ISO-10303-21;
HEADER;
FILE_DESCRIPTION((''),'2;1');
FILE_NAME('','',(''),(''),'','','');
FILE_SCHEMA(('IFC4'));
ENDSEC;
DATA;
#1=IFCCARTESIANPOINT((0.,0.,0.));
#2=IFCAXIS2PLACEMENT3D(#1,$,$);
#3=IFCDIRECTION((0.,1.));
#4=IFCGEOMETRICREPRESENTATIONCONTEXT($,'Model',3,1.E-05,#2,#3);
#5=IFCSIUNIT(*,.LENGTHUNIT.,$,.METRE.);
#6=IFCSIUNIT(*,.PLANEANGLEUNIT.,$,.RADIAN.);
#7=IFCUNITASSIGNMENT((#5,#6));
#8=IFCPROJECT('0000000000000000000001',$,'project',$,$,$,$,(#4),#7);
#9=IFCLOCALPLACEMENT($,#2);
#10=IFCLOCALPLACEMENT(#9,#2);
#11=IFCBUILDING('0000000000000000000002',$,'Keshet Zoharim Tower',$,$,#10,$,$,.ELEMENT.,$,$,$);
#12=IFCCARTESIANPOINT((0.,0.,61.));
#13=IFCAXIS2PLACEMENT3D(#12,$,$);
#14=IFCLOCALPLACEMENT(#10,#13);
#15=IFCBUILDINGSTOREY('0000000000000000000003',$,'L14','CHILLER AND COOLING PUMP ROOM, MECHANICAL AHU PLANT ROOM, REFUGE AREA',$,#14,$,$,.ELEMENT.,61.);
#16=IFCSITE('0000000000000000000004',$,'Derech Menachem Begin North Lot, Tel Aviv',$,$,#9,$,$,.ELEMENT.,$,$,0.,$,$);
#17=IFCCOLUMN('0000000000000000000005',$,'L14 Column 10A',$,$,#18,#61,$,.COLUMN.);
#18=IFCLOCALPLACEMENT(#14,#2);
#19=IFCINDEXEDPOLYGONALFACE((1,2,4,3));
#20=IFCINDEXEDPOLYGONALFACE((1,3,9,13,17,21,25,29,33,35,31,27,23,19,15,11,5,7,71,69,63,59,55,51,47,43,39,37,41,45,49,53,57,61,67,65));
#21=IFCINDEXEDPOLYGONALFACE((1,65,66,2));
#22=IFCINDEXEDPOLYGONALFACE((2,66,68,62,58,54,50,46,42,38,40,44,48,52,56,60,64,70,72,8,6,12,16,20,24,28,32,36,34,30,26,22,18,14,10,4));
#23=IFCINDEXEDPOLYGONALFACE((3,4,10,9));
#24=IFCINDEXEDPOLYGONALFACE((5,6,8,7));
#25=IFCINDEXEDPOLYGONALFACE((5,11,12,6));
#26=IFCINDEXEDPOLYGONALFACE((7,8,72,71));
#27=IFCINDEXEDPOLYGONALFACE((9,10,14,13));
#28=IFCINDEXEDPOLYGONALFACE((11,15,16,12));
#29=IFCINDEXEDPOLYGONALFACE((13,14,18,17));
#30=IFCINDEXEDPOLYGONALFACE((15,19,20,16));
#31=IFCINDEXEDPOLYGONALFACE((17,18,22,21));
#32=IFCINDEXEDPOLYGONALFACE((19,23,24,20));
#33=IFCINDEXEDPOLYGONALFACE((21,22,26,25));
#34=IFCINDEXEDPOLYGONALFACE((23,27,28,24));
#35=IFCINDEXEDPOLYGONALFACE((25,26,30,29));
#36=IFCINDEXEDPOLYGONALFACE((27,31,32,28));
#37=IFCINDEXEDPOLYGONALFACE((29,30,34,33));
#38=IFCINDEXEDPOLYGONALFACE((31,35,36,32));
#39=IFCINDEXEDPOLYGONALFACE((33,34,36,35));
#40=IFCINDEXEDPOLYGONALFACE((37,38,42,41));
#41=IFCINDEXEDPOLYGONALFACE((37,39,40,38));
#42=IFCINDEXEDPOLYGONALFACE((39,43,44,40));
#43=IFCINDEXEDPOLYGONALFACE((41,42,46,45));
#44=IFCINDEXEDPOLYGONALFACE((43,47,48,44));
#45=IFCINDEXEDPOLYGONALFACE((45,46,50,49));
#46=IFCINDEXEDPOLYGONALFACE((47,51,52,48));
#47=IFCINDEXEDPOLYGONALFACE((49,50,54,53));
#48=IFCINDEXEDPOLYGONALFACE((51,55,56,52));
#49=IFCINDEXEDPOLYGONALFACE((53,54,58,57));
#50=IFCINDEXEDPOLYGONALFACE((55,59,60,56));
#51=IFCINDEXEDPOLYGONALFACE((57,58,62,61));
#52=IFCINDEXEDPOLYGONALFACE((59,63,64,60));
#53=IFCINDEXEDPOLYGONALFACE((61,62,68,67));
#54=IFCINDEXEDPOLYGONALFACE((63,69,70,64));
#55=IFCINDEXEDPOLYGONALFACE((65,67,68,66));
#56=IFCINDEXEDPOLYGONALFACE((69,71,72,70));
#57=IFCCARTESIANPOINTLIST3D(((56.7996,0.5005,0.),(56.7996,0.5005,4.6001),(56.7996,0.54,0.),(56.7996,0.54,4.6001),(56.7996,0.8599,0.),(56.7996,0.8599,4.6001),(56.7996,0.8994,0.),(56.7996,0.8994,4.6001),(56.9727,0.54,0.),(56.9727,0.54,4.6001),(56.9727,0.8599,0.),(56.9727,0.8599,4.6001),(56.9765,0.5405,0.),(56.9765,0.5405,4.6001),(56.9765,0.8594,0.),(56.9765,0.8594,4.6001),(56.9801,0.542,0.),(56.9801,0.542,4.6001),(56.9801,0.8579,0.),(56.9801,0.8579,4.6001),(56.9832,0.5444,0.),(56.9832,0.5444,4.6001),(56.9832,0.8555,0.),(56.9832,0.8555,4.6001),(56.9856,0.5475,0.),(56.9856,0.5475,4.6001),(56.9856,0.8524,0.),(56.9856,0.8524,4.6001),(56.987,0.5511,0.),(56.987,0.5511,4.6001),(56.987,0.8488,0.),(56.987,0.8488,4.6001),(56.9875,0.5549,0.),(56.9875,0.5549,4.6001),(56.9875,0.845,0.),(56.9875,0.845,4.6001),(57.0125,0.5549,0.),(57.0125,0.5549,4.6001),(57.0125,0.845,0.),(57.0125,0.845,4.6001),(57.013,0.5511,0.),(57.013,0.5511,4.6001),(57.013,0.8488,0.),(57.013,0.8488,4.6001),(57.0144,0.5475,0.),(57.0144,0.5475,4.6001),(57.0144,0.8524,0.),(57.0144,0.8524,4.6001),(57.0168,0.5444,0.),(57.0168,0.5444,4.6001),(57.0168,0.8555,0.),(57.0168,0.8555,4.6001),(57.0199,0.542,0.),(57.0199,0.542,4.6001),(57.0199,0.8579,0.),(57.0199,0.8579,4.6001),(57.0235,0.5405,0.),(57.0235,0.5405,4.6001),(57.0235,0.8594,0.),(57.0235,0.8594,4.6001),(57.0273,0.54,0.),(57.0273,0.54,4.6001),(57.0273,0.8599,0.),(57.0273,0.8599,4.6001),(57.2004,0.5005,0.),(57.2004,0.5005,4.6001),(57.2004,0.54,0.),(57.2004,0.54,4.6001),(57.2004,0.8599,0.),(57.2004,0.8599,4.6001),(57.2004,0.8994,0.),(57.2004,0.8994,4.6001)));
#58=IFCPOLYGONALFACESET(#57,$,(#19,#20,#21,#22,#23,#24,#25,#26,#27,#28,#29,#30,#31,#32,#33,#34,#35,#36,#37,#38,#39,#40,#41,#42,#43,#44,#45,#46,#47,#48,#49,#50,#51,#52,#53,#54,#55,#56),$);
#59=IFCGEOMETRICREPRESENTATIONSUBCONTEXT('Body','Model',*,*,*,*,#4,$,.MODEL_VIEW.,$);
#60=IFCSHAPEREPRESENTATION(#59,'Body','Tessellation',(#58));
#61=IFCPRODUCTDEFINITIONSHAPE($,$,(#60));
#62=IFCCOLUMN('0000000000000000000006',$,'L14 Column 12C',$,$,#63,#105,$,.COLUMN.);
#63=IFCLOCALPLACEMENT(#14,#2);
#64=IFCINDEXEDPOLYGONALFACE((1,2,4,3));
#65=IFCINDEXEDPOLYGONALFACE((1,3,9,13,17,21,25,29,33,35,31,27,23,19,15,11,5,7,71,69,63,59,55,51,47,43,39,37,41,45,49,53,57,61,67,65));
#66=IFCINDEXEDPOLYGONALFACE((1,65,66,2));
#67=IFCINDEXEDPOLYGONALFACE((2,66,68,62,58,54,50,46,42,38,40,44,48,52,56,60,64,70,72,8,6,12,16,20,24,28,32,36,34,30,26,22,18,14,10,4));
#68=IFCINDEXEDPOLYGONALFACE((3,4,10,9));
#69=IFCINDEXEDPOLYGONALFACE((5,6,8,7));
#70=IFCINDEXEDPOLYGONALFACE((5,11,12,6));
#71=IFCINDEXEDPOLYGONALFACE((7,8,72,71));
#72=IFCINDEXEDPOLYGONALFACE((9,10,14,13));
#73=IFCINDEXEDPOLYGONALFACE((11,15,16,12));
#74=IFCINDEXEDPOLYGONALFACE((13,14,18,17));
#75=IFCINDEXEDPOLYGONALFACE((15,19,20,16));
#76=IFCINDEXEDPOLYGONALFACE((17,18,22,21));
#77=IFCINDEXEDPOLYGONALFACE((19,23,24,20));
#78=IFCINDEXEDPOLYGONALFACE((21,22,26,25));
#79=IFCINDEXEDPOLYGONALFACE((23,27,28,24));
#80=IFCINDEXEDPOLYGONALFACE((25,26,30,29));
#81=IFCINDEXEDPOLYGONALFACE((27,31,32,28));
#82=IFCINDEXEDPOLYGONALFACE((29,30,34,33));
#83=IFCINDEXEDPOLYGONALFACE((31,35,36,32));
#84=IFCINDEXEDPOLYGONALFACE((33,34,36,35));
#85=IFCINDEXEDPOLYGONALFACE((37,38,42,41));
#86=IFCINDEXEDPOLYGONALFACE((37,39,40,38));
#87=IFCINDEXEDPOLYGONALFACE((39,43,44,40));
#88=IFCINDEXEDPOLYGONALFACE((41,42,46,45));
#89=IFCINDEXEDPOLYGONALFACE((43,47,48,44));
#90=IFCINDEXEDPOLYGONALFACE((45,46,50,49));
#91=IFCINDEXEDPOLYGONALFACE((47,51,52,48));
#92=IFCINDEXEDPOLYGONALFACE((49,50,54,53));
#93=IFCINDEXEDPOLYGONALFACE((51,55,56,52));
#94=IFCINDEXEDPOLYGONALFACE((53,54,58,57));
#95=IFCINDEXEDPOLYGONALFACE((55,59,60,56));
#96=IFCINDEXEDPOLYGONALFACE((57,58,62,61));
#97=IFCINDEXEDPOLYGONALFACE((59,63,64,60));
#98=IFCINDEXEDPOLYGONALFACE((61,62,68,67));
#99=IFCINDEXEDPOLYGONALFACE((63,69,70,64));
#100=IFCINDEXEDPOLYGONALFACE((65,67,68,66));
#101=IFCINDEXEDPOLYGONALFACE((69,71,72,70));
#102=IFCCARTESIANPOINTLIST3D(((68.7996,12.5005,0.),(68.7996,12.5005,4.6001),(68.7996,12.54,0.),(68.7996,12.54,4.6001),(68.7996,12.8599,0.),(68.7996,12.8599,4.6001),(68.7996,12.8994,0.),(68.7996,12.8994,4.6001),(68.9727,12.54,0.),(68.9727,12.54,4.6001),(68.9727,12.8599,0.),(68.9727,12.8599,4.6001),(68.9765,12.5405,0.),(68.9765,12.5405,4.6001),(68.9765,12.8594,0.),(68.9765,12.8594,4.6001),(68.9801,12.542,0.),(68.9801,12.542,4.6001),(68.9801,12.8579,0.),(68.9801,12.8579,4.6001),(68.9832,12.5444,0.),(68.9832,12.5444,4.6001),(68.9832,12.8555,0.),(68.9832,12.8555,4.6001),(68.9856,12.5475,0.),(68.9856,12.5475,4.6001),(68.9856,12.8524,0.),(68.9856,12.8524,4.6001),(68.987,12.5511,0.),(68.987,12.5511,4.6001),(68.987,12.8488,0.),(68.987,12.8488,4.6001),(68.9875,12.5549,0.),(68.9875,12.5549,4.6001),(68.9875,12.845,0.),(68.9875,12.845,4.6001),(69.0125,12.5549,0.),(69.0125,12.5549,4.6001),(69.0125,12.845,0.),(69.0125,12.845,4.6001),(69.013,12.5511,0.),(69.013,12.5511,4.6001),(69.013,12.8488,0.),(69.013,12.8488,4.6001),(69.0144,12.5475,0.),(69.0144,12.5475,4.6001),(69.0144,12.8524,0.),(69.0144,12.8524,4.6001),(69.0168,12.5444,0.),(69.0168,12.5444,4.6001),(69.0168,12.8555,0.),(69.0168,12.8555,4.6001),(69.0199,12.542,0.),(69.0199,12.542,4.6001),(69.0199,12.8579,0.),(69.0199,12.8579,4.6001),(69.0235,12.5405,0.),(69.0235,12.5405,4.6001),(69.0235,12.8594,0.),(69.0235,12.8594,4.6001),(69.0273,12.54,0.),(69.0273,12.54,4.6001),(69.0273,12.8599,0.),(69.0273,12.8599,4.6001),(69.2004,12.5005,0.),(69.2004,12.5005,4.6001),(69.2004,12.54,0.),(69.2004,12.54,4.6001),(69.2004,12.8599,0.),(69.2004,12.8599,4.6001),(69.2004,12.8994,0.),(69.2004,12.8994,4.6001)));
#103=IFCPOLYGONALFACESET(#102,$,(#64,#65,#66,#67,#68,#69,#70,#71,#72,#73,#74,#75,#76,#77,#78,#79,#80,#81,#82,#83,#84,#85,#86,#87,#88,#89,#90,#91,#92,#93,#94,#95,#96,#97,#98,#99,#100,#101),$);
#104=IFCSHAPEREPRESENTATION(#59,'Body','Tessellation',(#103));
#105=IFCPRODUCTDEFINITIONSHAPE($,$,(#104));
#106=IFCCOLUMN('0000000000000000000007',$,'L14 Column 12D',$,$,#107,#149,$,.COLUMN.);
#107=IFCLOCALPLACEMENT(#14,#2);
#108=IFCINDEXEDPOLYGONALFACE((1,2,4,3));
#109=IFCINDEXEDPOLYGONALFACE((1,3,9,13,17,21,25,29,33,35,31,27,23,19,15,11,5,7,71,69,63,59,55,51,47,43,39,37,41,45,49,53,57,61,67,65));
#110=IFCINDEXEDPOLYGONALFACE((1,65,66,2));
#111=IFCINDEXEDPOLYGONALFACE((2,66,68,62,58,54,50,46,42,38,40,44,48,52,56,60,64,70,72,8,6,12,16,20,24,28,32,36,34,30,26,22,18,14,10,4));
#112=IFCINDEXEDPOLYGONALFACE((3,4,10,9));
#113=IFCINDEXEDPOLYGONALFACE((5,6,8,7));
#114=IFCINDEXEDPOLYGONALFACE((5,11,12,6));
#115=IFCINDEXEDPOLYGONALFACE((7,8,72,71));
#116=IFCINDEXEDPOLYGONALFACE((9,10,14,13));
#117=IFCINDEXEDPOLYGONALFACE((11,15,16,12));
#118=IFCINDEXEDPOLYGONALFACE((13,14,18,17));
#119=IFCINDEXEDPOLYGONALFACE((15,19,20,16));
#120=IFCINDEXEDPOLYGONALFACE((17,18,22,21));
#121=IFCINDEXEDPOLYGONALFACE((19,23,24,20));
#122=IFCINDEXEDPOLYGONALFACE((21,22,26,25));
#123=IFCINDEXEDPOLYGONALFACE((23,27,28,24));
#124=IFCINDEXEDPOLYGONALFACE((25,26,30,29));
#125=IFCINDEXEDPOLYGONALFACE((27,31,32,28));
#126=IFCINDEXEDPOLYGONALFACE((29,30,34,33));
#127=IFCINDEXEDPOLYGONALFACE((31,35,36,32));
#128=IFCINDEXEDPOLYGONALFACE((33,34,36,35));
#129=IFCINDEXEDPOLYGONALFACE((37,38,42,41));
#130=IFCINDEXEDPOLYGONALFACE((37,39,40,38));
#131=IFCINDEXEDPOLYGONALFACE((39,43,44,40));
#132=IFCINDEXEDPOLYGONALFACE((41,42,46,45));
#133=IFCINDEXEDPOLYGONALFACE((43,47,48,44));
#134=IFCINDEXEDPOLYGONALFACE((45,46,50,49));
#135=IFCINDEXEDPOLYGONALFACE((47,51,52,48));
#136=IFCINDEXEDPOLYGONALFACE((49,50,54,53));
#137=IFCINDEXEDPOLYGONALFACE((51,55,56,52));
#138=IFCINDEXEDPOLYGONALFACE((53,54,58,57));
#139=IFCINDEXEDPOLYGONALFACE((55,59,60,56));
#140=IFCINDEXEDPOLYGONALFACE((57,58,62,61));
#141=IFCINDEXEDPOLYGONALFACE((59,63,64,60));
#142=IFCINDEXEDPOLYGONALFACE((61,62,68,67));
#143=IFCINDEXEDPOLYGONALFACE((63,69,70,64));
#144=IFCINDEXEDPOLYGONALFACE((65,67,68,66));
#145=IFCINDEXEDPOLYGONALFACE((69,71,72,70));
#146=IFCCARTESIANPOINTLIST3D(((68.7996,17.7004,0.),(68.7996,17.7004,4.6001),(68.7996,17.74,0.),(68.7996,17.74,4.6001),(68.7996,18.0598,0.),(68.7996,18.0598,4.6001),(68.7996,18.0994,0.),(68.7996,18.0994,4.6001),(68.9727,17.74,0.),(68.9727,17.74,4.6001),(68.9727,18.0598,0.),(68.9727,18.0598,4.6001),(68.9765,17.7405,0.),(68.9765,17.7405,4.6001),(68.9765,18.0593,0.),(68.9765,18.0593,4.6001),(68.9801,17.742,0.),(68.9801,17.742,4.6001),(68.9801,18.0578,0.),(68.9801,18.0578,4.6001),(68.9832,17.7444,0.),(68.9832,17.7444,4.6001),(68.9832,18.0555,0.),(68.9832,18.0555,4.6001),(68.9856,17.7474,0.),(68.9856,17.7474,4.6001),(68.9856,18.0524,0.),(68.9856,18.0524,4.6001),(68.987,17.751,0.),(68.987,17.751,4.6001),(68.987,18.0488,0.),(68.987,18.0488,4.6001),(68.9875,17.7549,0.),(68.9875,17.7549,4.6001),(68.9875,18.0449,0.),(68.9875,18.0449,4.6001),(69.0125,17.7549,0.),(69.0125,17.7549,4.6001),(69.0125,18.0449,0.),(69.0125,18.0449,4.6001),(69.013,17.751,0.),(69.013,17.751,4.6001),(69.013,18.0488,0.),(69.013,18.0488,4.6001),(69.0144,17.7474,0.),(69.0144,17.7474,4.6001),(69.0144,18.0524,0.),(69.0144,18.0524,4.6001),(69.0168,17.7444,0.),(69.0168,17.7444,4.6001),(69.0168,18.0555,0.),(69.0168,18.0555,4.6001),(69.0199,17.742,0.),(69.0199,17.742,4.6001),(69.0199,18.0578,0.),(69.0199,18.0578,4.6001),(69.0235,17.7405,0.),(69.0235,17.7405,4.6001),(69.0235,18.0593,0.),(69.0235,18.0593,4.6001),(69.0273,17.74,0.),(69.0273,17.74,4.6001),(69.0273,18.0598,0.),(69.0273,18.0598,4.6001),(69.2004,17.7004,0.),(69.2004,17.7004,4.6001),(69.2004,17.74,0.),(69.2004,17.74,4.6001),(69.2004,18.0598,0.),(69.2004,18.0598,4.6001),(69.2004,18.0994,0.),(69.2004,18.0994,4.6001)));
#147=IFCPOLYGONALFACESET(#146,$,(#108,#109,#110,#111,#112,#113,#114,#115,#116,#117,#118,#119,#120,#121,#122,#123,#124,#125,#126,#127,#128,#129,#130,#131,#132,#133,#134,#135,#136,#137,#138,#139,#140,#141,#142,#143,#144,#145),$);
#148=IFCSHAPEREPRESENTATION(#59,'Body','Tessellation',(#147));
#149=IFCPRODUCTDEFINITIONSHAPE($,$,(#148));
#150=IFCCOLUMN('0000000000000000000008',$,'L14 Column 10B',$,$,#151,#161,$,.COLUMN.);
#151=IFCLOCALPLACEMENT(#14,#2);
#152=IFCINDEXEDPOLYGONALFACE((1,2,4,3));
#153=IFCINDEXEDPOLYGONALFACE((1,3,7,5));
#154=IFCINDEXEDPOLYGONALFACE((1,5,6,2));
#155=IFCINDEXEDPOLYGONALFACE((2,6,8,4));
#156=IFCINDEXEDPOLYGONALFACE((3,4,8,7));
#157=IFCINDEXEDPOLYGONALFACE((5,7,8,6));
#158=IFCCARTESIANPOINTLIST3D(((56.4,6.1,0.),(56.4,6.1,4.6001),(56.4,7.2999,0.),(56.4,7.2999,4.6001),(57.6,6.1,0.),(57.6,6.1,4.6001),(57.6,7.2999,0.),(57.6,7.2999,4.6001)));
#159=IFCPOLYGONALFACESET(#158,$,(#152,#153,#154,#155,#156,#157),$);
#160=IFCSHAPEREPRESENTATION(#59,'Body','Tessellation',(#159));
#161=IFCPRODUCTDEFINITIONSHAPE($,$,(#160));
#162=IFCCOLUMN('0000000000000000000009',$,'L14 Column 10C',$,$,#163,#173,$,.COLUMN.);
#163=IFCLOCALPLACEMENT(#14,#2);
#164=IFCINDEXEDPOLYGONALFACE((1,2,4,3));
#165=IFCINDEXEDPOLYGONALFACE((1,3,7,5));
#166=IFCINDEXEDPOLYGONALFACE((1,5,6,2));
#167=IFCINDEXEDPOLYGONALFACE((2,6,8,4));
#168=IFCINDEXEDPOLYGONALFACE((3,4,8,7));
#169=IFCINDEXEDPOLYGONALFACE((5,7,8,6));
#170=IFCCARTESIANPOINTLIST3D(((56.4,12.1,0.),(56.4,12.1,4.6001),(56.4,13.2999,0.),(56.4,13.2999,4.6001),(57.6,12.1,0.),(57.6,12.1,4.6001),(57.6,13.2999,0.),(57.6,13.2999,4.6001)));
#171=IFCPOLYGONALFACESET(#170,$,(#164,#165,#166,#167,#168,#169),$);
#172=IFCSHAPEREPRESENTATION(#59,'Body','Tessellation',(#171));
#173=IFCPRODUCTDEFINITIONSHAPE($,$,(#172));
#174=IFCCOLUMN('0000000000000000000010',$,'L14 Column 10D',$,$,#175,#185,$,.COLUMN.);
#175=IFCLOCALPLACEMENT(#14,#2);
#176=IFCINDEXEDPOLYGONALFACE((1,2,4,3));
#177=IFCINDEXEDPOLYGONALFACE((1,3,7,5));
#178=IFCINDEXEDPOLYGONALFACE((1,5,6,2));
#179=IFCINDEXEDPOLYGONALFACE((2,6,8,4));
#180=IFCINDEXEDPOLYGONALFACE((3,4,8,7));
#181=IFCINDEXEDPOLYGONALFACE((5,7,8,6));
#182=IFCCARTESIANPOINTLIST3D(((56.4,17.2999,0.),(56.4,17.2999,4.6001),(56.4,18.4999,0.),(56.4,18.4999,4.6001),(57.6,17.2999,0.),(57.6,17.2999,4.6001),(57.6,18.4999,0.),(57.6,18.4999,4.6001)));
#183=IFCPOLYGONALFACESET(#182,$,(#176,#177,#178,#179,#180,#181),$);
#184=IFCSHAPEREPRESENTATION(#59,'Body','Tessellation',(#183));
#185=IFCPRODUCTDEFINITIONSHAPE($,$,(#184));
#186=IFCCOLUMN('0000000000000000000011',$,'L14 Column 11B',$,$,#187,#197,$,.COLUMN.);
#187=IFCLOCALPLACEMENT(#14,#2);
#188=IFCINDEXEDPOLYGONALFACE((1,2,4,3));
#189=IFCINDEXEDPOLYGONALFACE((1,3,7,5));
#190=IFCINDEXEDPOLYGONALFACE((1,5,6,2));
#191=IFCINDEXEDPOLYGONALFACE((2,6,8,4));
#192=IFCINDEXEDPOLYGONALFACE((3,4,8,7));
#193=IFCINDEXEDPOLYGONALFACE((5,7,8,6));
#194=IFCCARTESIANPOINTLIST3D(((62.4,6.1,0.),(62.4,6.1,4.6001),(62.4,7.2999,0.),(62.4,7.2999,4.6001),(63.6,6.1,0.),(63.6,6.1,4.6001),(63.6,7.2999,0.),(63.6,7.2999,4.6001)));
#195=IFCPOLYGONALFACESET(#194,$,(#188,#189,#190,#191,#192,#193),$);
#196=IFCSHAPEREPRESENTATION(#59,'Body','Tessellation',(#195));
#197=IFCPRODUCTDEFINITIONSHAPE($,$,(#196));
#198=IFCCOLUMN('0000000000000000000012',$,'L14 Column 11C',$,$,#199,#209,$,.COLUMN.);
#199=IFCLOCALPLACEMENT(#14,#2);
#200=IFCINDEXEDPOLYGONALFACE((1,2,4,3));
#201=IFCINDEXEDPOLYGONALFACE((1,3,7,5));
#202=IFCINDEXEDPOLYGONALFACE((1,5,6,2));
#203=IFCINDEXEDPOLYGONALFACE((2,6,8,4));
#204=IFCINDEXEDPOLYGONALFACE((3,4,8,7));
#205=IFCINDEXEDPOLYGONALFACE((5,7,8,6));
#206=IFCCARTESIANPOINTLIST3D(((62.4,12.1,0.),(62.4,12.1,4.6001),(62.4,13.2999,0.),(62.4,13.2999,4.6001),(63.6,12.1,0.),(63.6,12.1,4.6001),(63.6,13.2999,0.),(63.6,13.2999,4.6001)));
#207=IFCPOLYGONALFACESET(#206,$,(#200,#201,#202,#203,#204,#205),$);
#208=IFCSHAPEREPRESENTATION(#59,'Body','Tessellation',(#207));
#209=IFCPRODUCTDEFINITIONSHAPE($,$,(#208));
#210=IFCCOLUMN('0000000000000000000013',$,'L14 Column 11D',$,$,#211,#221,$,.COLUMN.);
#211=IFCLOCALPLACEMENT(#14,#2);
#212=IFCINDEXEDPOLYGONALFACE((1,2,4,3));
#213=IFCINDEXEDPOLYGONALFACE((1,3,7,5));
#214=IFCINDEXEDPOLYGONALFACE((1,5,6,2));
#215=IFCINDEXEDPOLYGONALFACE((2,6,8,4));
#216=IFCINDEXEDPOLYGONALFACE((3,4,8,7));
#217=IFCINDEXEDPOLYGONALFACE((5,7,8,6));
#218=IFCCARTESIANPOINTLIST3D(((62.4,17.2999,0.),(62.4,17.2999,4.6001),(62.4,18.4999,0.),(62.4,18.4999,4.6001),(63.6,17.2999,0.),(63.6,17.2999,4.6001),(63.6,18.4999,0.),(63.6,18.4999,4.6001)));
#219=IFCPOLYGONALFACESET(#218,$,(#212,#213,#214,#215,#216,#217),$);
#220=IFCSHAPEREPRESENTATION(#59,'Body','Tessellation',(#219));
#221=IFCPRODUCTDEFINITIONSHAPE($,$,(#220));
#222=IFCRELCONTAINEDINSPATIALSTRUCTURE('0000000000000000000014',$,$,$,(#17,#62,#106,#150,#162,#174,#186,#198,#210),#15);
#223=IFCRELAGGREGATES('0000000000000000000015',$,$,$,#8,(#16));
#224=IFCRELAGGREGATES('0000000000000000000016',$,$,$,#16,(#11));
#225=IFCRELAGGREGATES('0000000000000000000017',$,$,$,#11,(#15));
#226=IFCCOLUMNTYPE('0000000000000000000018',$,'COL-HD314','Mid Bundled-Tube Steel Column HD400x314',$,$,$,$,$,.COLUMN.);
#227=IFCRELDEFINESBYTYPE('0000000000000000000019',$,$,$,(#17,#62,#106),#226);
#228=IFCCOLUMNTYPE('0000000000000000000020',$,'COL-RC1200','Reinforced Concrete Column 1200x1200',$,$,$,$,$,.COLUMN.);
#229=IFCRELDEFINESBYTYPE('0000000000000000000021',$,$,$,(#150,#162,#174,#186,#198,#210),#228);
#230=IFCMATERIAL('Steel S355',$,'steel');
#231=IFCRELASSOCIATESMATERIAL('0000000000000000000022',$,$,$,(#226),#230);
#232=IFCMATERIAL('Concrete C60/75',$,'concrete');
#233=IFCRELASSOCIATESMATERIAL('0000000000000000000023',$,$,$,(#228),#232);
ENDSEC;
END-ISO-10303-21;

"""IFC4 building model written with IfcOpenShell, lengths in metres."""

from ifc_helpers import new_model, si_unit, direction, frame, origin, origin_2d, place, context, subcontext, project, spatial, rectangle, i_section, extrude, material, material_profile, profile_set, type_object, element, save


model = new_model("IFC4")

# Units and contexts
model_context = context("Model", 3, precision=1e-05, world=origin(), true_north=direction((0.0, 1.0)))
body_context = subcontext(model_context, "Body", "Model", "MODEL_VIEW")
ifc_project = project(units=[si_unit("LENGTHUNIT", "METRE"), si_unit("PLANEANGLEUNIT", "RADIAN")], contexts=[model_context])

# Site, building, storey
site_placement = place(None, origin())
site = spatial("IfcSite", under=ifc_project, at=site_placement, Name="Derech Menachem Begin North Lot, Tel Aviv", CompositionType="ELEMENT", RefElevation=0.0)
building_placement = place(site_placement, origin())
building = spatial("IfcBuilding", under=site, at=building_placement, Name="Keshet Zoharim Tower", CompositionType="ELEMENT")
storey_placement = place(building_placement, frame((0.0, 0.0, 61.0)))
storey = spatial("IfcBuildingStorey", under=building, at=storey_placement, Name="L14", Description="CHILLER AND COOLING PUMP ROOM, MECHANICAL AHU PLANT ROOM, REFUGE AREA", CompositionType="ELEMENT", Elevation=61.0)

# Columns
ifc_material_1 = material(Name="Steel S355", Category="steel")
ifc_material_profile_1 = material_profile(ifc_material_1, i_section(OverallWidth=0.4009, OverallDepth=0.3989, WebThickness=0.0249, FlangeThickness=0.0396, FilletRadius=0.0149, at=origin_2d()), Name="HD400x314")
ifc_profile_set_1 = profile_set([ifc_material_profile_1], Name="Steel S355")
column_type_1 = type_object("IfcColumnType", Name="COL-HD314", Description="Mid Bundled-Tube Steel Column HD400x314", PredefinedType="COLUMN", material=ifc_profile_set_1)
for number, where, z_axis, x_axis, name in (
    (1, (57.0, 0.7, 0.0), (0.0, 0.0, 1.0), (1.0, 0.0, 0.0), "L14 Column 10A"),
    (2, (69.0, 12.7, 0.0), (0.0, 0.0, 1.0), (1.0, 0.0, 0.0), "L14 Column 12C"),
    (3, (69.0, 17.8999, 0.0), (0.0, 0.0, 1.0), (1.0, 0.0, 0.0), "L14 Column 12D"),
):
    element("IfcColumn", number, at=place(storey_placement, frame(where, z_axis=z_axis, x_axis=x_axis)), inside=storey, type_object=column_type_1, Name=name, PredefinedType="COLUMN", context=body_context, shape_type="SweptSolid", body=[
        extrude(i_section(OverallWidth=0.4009, OverallDepth=0.3989, WebThickness=0.0249, FlangeThickness=0.0396, FilletRadius=0.0149, at=origin_2d()), origin(), (0.0, 0.0, 1.0), 4.6001),
    ])
ifc_material_2 = material(Name="Concrete C60/75", Category="concrete")
ifc_material_profile_2 = material_profile(ifc_material_2, rectangle(XDim=1.2, YDim=1.2, at=origin_2d()), Name="RC1200x1200")
ifc_profile_set_2 = profile_set([ifc_material_profile_2], Name="Concrete C60/75")
column_type_2 = type_object("IfcColumnType", Name="COL-RC1200", Description="Reinforced Concrete Column 1200x1200", PredefinedType="COLUMN", material=ifc_profile_set_2)
for number, where, z_axis, x_axis, name in (
    (4, (57.0, 6.7, 0.0), (0.0, 0.0, 1.0), (1.0, 0.0, 0.0), "L14 Column 10B"),
    (5, (57.0, 12.7, 0.0), (0.0, 0.0, 1.0), (1.0, 0.0, 0.0), "L14 Column 10C"),
    (6, (57.0, 17.8999, 0.0), (0.0, 0.0, 1.0), (1.0, 0.0, 0.0), "L14 Column 10D"),
    (7, (63.0, 6.7, 0.0), (0.0, 0.0, 1.0), (1.0, 0.0, 0.0), "L14 Column 11B"),
    (8, (63.0, 12.7, 0.0), (0.0, 0.0, 1.0), (1.0, 0.0, 0.0), "L14 Column 11C"),
    (9, (63.0, 17.8999, 0.0), (0.0, 0.0, 1.0), (1.0, 0.0, 0.0), "L14 Column 11D"),
):
    element("IfcColumn", number, at=place(storey_placement, frame(where, z_axis=z_axis, x_axis=x_axis)), inside=storey, type_object=column_type_2, Name=name, PredefinedType="COLUMN", context=body_context, shape_type="SweptSolid", body=[
        extrude(rectangle(XDim=1.2, YDim=1.2, at=origin_2d()), origin(), (0.0, 0.0, 1.0), 4.6001),
    ])

save(model, "model.ifc")
